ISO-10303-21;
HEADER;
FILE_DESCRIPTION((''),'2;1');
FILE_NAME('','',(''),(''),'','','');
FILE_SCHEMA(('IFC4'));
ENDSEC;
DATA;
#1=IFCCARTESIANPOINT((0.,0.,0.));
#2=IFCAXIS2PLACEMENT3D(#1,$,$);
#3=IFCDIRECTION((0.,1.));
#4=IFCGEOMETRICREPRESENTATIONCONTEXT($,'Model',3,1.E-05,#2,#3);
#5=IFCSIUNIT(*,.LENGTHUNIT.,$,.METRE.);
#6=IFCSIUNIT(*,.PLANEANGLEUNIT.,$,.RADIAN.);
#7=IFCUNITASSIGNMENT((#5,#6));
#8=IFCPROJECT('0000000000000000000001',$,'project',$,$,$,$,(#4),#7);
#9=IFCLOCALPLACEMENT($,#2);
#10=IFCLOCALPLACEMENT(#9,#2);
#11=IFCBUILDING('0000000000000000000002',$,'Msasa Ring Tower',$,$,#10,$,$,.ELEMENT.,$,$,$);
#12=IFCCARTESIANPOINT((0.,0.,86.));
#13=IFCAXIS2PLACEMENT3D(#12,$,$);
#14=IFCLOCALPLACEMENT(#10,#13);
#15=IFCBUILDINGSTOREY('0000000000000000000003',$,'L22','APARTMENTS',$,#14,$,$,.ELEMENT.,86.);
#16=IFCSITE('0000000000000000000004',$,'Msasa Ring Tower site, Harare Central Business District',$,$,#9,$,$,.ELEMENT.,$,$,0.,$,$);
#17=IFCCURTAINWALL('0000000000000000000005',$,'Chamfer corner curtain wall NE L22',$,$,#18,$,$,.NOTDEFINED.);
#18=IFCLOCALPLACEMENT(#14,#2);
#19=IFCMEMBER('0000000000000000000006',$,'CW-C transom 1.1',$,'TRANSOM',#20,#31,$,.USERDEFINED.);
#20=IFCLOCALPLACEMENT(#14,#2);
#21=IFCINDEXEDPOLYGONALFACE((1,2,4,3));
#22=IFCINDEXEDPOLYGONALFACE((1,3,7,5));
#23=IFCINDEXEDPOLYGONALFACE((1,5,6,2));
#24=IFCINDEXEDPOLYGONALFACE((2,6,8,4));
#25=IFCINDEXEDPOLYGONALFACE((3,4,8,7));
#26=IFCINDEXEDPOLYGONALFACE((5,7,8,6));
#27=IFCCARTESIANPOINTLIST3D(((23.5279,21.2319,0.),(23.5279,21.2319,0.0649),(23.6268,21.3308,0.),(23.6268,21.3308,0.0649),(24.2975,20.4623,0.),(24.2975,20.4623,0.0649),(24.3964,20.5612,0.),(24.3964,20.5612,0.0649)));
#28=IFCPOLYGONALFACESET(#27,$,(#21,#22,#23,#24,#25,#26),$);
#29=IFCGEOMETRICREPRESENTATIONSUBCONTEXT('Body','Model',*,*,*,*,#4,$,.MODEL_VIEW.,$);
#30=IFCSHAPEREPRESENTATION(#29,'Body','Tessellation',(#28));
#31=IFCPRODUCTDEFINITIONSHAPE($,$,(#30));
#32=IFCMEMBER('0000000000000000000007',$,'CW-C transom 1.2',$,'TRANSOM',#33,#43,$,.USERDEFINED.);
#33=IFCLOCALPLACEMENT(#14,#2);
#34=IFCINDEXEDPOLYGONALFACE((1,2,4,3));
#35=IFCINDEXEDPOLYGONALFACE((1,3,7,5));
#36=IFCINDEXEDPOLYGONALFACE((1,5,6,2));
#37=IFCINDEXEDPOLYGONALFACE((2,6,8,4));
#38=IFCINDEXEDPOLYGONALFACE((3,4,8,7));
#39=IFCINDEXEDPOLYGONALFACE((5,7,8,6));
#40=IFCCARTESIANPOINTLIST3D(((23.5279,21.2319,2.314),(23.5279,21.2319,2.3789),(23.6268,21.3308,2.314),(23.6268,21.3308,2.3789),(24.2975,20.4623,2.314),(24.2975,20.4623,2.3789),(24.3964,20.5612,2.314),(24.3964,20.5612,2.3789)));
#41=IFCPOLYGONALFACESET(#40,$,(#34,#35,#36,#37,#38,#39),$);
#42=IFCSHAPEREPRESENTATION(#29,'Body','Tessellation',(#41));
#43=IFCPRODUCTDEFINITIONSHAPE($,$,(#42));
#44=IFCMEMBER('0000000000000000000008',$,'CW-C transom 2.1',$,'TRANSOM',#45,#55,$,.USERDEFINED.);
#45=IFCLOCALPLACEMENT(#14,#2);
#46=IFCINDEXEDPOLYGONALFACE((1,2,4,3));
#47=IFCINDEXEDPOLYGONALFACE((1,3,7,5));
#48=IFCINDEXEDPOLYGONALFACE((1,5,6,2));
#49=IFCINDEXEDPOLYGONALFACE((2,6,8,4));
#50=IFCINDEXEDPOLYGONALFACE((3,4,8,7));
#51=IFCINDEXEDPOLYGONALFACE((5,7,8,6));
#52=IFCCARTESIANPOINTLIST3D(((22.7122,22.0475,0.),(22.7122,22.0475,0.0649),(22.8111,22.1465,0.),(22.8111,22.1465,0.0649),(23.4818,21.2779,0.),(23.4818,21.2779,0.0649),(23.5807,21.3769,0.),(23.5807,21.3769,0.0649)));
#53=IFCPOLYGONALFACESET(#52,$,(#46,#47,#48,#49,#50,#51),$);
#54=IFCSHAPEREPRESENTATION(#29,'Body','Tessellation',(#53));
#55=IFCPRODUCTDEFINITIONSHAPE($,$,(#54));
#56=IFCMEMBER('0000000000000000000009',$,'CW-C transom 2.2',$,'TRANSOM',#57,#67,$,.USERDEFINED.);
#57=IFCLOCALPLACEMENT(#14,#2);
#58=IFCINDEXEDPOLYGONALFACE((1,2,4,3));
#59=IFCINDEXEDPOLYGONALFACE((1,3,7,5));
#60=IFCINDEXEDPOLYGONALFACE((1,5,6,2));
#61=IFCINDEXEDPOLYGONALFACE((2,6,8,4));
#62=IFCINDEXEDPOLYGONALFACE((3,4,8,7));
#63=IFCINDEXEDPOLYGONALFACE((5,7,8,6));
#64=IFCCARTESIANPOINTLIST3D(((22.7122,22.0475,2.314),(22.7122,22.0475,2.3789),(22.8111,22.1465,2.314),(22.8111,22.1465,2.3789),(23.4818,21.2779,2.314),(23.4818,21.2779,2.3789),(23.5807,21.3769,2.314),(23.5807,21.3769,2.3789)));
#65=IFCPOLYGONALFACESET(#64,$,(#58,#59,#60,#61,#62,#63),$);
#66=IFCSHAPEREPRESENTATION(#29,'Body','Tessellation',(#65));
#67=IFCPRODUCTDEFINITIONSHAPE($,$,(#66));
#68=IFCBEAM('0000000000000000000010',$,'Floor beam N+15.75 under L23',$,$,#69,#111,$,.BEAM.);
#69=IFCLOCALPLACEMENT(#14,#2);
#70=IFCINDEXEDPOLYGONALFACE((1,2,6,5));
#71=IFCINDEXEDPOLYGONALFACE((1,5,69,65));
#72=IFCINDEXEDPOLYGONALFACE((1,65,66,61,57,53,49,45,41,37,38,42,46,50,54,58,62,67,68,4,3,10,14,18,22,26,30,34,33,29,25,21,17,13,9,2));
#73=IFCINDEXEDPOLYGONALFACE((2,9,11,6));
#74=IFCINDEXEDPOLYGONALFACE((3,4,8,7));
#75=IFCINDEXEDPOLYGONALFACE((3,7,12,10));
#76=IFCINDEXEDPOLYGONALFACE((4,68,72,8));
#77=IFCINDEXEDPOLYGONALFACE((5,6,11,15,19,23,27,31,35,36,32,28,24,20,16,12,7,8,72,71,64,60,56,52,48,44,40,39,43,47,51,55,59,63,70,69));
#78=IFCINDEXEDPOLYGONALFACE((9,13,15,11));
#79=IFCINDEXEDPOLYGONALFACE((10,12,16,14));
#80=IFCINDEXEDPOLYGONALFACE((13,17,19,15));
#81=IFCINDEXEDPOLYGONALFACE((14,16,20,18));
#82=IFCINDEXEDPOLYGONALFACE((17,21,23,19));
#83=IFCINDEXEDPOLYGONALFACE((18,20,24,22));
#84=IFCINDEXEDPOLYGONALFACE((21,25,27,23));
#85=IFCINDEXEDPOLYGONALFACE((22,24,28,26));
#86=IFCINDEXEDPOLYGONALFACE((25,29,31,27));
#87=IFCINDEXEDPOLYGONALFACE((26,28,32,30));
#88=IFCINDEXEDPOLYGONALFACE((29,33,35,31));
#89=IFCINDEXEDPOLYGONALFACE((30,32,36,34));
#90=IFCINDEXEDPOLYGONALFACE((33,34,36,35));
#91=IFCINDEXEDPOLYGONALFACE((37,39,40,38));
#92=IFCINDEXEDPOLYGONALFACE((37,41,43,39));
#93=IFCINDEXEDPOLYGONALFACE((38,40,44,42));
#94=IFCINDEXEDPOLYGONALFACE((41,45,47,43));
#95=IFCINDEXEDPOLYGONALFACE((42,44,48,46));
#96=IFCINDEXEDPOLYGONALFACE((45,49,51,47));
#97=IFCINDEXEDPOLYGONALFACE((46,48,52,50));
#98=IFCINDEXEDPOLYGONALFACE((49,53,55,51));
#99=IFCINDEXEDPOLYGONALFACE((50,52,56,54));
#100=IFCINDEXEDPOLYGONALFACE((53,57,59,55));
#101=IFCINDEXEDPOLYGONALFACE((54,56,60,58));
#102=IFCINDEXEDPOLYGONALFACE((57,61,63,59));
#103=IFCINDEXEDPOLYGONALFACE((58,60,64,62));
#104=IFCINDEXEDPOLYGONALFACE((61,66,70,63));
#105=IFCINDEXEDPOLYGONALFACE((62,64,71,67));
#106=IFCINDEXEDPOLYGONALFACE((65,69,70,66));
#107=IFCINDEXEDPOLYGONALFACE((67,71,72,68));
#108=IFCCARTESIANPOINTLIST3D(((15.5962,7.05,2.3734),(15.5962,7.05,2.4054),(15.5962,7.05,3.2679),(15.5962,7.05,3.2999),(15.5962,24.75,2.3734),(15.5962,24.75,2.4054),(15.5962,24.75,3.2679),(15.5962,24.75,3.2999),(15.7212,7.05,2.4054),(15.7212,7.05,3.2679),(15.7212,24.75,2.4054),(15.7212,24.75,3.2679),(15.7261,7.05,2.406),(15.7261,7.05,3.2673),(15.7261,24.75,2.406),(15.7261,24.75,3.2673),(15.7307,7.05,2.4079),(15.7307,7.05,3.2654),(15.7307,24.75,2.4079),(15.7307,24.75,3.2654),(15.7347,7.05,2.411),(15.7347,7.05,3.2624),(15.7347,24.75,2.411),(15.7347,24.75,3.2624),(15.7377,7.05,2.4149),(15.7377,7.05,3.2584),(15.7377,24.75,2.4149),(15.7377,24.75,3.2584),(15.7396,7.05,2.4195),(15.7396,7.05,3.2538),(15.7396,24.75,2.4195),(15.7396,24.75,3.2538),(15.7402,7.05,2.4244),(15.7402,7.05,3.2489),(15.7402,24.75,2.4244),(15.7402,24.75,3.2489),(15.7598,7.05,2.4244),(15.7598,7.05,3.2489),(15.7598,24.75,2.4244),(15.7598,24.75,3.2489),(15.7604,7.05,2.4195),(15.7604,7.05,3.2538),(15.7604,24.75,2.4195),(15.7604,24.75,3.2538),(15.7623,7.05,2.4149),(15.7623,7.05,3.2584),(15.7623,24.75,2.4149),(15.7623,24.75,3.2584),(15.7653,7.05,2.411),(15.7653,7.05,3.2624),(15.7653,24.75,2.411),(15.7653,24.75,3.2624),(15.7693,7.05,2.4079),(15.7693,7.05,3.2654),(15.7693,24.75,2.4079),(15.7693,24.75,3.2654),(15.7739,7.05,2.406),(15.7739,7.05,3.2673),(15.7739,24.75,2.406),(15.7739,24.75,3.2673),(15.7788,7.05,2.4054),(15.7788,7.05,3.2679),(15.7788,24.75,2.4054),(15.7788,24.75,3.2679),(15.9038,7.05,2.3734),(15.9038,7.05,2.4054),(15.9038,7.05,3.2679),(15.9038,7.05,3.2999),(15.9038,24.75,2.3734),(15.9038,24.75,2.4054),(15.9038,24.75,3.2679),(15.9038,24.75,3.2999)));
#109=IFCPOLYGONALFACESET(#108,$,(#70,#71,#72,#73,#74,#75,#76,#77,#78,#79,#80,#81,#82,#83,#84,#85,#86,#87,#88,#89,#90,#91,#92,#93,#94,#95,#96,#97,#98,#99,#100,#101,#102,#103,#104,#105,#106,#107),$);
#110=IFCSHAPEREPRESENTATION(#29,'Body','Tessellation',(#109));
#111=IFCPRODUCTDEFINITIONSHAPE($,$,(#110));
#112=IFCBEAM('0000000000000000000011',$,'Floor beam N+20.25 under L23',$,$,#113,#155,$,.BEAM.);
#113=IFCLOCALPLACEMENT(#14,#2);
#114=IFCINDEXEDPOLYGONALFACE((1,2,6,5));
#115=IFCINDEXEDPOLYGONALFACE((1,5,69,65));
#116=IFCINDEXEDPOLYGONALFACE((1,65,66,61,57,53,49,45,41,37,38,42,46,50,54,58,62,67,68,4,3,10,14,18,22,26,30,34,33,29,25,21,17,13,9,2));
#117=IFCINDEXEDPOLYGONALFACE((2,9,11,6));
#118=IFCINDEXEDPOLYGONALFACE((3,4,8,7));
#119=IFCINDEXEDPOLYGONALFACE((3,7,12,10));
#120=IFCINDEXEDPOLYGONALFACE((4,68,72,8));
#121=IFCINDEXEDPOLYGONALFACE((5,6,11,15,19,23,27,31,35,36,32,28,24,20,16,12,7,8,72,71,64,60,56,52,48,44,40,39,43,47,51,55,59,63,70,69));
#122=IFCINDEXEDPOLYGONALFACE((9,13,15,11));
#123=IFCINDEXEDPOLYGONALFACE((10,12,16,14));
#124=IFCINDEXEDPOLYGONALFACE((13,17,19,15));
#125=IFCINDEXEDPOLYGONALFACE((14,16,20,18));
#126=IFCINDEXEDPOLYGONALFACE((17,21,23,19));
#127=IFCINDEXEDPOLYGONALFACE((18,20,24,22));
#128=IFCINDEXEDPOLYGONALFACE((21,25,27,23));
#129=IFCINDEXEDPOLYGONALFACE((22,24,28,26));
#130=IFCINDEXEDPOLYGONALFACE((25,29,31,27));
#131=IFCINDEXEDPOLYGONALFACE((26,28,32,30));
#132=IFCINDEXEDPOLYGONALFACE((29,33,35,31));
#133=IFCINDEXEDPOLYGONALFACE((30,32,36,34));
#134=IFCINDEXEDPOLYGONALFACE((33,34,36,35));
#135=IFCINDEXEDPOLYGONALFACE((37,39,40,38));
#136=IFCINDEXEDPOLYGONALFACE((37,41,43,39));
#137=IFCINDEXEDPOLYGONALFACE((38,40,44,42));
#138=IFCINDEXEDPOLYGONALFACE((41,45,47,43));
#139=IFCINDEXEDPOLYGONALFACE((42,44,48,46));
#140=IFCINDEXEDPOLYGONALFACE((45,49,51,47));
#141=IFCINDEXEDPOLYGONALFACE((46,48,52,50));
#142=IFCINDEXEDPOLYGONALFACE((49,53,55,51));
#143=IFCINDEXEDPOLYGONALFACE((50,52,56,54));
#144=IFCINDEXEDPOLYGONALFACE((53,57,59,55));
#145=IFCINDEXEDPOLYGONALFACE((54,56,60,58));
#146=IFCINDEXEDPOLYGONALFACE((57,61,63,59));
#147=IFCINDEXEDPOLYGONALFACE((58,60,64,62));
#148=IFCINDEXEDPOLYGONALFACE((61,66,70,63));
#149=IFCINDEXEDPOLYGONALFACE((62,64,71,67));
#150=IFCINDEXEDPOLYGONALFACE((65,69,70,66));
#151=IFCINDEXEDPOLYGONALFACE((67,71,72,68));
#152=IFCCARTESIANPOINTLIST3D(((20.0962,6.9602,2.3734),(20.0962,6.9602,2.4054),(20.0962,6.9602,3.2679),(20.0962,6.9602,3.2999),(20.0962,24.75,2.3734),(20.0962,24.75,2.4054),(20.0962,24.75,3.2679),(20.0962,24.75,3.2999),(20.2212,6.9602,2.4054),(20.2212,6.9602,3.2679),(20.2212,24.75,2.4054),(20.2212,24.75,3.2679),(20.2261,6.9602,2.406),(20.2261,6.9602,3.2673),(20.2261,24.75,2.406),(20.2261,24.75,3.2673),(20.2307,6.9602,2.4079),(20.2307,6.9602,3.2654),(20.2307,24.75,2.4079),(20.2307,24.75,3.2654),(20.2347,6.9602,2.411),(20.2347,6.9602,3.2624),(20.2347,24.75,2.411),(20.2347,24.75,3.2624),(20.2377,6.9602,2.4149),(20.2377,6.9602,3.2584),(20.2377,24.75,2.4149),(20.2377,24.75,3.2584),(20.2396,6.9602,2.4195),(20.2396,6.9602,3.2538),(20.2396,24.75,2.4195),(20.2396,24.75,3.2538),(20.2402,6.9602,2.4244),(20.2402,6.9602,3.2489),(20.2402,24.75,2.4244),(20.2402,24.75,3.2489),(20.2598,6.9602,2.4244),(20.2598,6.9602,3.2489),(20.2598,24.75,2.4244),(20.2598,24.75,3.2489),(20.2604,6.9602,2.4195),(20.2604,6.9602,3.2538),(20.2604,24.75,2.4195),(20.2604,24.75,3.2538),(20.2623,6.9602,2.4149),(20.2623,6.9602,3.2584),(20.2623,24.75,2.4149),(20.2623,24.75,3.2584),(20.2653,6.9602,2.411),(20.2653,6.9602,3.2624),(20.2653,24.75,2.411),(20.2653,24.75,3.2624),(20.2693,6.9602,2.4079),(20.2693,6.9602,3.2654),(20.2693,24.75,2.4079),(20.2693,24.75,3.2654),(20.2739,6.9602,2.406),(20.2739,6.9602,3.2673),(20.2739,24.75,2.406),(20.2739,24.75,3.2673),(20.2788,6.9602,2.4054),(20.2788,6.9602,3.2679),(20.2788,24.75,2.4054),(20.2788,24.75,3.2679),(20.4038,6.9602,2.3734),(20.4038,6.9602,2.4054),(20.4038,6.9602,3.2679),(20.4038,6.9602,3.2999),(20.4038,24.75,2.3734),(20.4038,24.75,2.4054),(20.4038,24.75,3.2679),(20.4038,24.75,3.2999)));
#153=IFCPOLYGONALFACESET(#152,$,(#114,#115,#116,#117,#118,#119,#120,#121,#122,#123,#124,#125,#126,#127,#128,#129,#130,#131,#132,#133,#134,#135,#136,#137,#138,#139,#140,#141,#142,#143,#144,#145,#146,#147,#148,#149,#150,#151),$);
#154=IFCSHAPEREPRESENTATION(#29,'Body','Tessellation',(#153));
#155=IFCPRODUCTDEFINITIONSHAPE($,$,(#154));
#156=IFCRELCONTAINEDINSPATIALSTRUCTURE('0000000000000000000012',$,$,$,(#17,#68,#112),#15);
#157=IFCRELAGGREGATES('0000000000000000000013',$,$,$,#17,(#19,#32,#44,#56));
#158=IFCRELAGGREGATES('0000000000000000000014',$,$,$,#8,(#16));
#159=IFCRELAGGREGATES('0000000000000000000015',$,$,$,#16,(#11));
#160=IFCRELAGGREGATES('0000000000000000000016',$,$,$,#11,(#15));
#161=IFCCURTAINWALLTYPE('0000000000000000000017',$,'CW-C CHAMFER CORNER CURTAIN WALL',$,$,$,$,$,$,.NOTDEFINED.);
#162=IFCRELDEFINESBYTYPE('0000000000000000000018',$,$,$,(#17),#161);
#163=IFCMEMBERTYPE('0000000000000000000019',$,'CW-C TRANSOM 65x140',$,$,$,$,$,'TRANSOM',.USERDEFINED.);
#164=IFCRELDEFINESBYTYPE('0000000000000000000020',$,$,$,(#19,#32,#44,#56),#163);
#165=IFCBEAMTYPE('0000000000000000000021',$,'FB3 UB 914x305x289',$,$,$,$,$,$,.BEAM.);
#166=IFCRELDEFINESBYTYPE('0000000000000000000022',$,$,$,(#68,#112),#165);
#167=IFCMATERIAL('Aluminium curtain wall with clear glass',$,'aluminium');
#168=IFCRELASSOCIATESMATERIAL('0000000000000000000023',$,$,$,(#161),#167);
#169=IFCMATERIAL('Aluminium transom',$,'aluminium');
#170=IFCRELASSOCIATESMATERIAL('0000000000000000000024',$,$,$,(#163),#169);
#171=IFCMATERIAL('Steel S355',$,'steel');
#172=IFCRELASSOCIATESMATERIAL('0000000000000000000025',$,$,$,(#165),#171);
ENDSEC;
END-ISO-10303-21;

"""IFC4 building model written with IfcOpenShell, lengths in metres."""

from ifc_helpers import new_model, si_unit, direction, frame, origin, origin_2d, place, context, subcontext, project, spatial, rectangle, i_section, extrude, material, material_profile, profile_set, type_object, element, aggregate, save


model = new_model("IFC4")

# Units and contexts
model_context = context("Model", 3, precision=1e-05, world=origin(), true_north=direction((0.0, 1.0)))
body_context = subcontext(model_context, "Body", "Model", "MODEL_VIEW")
ifc_project = project(units=[si_unit("LENGTHUNIT", "METRE"), si_unit("PLANEANGLEUNIT", "RADIAN")], contexts=[model_context])

# Site, building, storey
site_placement = place(None, origin())
site = spatial("IfcSite", under=ifc_project, at=site_placement, Name="Msasa Ring Tower site, Harare Central Business District", CompositionType="ELEMENT", RefElevation=0.0)
building_placement = place(site_placement, origin())
building = spatial("IfcBuilding", under=site, at=building_placement, Name="Msasa Ring Tower", CompositionType="ELEMENT")
storey_placement = place(building_placement, frame((0.0, 0.0, 86.0)))
storey = spatial("IfcBuildingStorey", under=building, at=storey_placement, Name="L22", Description="APARTMENTS", CompositionType="ELEMENT", Elevation=86.0)

# Curtain wall
ifc_material_1 = material(Name="Aluminium curtain wall with clear glass", Category="aluminium")
curtain_wall_type = type_object("IfcCurtainWallType", Name="CW-C CHAMFER CORNER CURTAIN WALL", PredefinedType="NOTDEFINED", material=ifc_material_1)
curtain_wall_1_placement = place(storey_placement, origin())
curtain_wall_1 = element("IfcCurtainWall", 1, at=curtain_wall_1_placement, inside=storey, type_object=curtain_wall_type, Name="Chamfer corner curtain wall NE L22", PredefinedType="NOTDEFINED")

# Members
ifc_material_2 = material(Name="Aluminium transom", Category="aluminium")
ifc_material_profile_1 = material_profile(ifc_material_2, rectangle(XDim=0.1399, YDim=0.0649, at=origin_2d()), Name="AL 65x140")
ifc_profile_set_1 = profile_set([ifc_material_profile_1], Name="Aluminium transom")
member_type_1 = type_object("IfcMemberType", Name="CW-C TRANSOM 65x140", ElementType="TRANSOM", PredefinedType="USERDEFINED", material=ifc_profile_set_1)
member_1_placement = place(storey_placement, frame((24.3469, 20.5117, 0.0325), z_axis=(-0.707107, 0.707107, 0.0), x_axis=(-0.707107, -0.707107, 0.0)))
member_1 = element("IfcMember", 2, at=member_1_placement, type_object=member_type_1, Name="CW-C transom 1.1", ObjectType="TRANSOM", PredefinedType="USERDEFINED", context=body_context, shape_type="SweptSolid", body=[
    extrude(rectangle(XDim=0.1399, YDim=0.0649, at=origin_2d()), origin(), (0.0, 0.0, 1.0), 1.0884),
])
member_2_placement = place(storey_placement, frame((24.3469, 20.5117, 2.3464), z_axis=(-0.707107, 0.707107, 0.0), x_axis=(-0.707107, -0.707107, 0.0)))
member_2 = element("IfcMember", 3, at=member_2_placement, type_object=member_type_1, Name="CW-C transom 1.2", ObjectType="TRANSOM", PredefinedType="USERDEFINED", context=body_context, shape_type="SweptSolid", body=[
    extrude(rectangle(XDim=0.1399, YDim=0.0649, at=origin_2d()), origin(), (0.0, 0.0, 1.0), 1.0884),
])
member_3_placement = place(storey_placement, frame((23.5312, 21.3274, 0.0325), z_axis=(-0.707107, 0.707107, 0.0), x_axis=(-0.707107, -0.707107, 0.0)))
member_3 = element("IfcMember", 4, at=member_3_placement, type_object=member_type_1, Name="CW-C transom 2.1", ObjectType="TRANSOM", PredefinedType="USERDEFINED", context=body_context, shape_type="SweptSolid", body=[
    extrude(rectangle(XDim=0.1399, YDim=0.0649, at=origin_2d()), origin(), (0.0, 0.0, 1.0), 1.0884),
])
member_4_placement = place(storey_placement, frame((23.5312, 21.3274, 2.3464), z_axis=(-0.707107, 0.707107, 0.0), x_axis=(-0.707107, -0.707107, 0.0)))
member_4 = element("IfcMember", 5, at=member_4_placement, type_object=member_type_1, Name="CW-C transom 2.2", ObjectType="TRANSOM", PredefinedType="USERDEFINED", context=body_context, shape_type="SweptSolid", body=[
    extrude(rectangle(XDim=0.1399, YDim=0.0649, at=origin_2d()), origin(), (0.0, 0.0, 1.0), 1.0884),
])

# Beams
ifc_material_3 = material(Name="Steel S355", Category="steel")
ifc_material_profile_2 = material_profile(ifc_material_3, i_section(OverallWidth=0.3076, OverallDepth=0.9265, WebThickness=0.0195, FlangeThickness=0.032, FilletRadius=0.019, at=origin_2d()), Name="UB 914x305x289")
ifc_profile_set_2 = profile_set([ifc_material_profile_2], Name="Steel S355")
beam_type_1 = type_object("IfcBeamType", Name="FB3 UB 914x305x289", PredefinedType="BEAM", material=ifc_profile_set_2)
beam_1_placement = place(storey_placement, frame((15.75, 24.75, 2.8367), z_axis=(0.0, -1.0, 0.0), x_axis=(1.0, 0.0, 0.0)))
element("IfcBeam", 6, at=beam_1_placement, inside=storey, type_object=beam_type_1, Name="Floor beam N+15.75 under L23", PredefinedType="BEAM", context=body_context, shape_type="SweptSolid", body=[
    extrude(i_section(OverallWidth=0.3076, OverallDepth=0.9265, WebThickness=0.0195, FlangeThickness=0.032, FilletRadius=0.019, at=origin_2d()), origin(), (0.0, 0.0, 1.0), 17.7),
])
beam_2_placement = place(storey_placement, frame((20.25, 24.75, 2.8367), z_axis=(0.0, -1.0, 0.0), x_axis=(1.0, 0.0, 0.0)))
element("IfcBeam", 7, at=beam_2_placement, inside=storey, type_object=beam_type_1, Name="Floor beam N+20.25 under L23", PredefinedType="BEAM", context=body_context, shape_type="SweptSolid", body=[
    extrude(i_section(OverallWidth=0.3076, OverallDepth=0.9265, WebThickness=0.0195, FlangeThickness=0.032, FilletRadius=0.019, at=origin_2d()), origin(), (0.0, 0.0, 1.0), 17.7898),
])

aggregate(curtain_wall_1, [member_1, member_2, member_3, member_4])

save(model, "model.ifc")
